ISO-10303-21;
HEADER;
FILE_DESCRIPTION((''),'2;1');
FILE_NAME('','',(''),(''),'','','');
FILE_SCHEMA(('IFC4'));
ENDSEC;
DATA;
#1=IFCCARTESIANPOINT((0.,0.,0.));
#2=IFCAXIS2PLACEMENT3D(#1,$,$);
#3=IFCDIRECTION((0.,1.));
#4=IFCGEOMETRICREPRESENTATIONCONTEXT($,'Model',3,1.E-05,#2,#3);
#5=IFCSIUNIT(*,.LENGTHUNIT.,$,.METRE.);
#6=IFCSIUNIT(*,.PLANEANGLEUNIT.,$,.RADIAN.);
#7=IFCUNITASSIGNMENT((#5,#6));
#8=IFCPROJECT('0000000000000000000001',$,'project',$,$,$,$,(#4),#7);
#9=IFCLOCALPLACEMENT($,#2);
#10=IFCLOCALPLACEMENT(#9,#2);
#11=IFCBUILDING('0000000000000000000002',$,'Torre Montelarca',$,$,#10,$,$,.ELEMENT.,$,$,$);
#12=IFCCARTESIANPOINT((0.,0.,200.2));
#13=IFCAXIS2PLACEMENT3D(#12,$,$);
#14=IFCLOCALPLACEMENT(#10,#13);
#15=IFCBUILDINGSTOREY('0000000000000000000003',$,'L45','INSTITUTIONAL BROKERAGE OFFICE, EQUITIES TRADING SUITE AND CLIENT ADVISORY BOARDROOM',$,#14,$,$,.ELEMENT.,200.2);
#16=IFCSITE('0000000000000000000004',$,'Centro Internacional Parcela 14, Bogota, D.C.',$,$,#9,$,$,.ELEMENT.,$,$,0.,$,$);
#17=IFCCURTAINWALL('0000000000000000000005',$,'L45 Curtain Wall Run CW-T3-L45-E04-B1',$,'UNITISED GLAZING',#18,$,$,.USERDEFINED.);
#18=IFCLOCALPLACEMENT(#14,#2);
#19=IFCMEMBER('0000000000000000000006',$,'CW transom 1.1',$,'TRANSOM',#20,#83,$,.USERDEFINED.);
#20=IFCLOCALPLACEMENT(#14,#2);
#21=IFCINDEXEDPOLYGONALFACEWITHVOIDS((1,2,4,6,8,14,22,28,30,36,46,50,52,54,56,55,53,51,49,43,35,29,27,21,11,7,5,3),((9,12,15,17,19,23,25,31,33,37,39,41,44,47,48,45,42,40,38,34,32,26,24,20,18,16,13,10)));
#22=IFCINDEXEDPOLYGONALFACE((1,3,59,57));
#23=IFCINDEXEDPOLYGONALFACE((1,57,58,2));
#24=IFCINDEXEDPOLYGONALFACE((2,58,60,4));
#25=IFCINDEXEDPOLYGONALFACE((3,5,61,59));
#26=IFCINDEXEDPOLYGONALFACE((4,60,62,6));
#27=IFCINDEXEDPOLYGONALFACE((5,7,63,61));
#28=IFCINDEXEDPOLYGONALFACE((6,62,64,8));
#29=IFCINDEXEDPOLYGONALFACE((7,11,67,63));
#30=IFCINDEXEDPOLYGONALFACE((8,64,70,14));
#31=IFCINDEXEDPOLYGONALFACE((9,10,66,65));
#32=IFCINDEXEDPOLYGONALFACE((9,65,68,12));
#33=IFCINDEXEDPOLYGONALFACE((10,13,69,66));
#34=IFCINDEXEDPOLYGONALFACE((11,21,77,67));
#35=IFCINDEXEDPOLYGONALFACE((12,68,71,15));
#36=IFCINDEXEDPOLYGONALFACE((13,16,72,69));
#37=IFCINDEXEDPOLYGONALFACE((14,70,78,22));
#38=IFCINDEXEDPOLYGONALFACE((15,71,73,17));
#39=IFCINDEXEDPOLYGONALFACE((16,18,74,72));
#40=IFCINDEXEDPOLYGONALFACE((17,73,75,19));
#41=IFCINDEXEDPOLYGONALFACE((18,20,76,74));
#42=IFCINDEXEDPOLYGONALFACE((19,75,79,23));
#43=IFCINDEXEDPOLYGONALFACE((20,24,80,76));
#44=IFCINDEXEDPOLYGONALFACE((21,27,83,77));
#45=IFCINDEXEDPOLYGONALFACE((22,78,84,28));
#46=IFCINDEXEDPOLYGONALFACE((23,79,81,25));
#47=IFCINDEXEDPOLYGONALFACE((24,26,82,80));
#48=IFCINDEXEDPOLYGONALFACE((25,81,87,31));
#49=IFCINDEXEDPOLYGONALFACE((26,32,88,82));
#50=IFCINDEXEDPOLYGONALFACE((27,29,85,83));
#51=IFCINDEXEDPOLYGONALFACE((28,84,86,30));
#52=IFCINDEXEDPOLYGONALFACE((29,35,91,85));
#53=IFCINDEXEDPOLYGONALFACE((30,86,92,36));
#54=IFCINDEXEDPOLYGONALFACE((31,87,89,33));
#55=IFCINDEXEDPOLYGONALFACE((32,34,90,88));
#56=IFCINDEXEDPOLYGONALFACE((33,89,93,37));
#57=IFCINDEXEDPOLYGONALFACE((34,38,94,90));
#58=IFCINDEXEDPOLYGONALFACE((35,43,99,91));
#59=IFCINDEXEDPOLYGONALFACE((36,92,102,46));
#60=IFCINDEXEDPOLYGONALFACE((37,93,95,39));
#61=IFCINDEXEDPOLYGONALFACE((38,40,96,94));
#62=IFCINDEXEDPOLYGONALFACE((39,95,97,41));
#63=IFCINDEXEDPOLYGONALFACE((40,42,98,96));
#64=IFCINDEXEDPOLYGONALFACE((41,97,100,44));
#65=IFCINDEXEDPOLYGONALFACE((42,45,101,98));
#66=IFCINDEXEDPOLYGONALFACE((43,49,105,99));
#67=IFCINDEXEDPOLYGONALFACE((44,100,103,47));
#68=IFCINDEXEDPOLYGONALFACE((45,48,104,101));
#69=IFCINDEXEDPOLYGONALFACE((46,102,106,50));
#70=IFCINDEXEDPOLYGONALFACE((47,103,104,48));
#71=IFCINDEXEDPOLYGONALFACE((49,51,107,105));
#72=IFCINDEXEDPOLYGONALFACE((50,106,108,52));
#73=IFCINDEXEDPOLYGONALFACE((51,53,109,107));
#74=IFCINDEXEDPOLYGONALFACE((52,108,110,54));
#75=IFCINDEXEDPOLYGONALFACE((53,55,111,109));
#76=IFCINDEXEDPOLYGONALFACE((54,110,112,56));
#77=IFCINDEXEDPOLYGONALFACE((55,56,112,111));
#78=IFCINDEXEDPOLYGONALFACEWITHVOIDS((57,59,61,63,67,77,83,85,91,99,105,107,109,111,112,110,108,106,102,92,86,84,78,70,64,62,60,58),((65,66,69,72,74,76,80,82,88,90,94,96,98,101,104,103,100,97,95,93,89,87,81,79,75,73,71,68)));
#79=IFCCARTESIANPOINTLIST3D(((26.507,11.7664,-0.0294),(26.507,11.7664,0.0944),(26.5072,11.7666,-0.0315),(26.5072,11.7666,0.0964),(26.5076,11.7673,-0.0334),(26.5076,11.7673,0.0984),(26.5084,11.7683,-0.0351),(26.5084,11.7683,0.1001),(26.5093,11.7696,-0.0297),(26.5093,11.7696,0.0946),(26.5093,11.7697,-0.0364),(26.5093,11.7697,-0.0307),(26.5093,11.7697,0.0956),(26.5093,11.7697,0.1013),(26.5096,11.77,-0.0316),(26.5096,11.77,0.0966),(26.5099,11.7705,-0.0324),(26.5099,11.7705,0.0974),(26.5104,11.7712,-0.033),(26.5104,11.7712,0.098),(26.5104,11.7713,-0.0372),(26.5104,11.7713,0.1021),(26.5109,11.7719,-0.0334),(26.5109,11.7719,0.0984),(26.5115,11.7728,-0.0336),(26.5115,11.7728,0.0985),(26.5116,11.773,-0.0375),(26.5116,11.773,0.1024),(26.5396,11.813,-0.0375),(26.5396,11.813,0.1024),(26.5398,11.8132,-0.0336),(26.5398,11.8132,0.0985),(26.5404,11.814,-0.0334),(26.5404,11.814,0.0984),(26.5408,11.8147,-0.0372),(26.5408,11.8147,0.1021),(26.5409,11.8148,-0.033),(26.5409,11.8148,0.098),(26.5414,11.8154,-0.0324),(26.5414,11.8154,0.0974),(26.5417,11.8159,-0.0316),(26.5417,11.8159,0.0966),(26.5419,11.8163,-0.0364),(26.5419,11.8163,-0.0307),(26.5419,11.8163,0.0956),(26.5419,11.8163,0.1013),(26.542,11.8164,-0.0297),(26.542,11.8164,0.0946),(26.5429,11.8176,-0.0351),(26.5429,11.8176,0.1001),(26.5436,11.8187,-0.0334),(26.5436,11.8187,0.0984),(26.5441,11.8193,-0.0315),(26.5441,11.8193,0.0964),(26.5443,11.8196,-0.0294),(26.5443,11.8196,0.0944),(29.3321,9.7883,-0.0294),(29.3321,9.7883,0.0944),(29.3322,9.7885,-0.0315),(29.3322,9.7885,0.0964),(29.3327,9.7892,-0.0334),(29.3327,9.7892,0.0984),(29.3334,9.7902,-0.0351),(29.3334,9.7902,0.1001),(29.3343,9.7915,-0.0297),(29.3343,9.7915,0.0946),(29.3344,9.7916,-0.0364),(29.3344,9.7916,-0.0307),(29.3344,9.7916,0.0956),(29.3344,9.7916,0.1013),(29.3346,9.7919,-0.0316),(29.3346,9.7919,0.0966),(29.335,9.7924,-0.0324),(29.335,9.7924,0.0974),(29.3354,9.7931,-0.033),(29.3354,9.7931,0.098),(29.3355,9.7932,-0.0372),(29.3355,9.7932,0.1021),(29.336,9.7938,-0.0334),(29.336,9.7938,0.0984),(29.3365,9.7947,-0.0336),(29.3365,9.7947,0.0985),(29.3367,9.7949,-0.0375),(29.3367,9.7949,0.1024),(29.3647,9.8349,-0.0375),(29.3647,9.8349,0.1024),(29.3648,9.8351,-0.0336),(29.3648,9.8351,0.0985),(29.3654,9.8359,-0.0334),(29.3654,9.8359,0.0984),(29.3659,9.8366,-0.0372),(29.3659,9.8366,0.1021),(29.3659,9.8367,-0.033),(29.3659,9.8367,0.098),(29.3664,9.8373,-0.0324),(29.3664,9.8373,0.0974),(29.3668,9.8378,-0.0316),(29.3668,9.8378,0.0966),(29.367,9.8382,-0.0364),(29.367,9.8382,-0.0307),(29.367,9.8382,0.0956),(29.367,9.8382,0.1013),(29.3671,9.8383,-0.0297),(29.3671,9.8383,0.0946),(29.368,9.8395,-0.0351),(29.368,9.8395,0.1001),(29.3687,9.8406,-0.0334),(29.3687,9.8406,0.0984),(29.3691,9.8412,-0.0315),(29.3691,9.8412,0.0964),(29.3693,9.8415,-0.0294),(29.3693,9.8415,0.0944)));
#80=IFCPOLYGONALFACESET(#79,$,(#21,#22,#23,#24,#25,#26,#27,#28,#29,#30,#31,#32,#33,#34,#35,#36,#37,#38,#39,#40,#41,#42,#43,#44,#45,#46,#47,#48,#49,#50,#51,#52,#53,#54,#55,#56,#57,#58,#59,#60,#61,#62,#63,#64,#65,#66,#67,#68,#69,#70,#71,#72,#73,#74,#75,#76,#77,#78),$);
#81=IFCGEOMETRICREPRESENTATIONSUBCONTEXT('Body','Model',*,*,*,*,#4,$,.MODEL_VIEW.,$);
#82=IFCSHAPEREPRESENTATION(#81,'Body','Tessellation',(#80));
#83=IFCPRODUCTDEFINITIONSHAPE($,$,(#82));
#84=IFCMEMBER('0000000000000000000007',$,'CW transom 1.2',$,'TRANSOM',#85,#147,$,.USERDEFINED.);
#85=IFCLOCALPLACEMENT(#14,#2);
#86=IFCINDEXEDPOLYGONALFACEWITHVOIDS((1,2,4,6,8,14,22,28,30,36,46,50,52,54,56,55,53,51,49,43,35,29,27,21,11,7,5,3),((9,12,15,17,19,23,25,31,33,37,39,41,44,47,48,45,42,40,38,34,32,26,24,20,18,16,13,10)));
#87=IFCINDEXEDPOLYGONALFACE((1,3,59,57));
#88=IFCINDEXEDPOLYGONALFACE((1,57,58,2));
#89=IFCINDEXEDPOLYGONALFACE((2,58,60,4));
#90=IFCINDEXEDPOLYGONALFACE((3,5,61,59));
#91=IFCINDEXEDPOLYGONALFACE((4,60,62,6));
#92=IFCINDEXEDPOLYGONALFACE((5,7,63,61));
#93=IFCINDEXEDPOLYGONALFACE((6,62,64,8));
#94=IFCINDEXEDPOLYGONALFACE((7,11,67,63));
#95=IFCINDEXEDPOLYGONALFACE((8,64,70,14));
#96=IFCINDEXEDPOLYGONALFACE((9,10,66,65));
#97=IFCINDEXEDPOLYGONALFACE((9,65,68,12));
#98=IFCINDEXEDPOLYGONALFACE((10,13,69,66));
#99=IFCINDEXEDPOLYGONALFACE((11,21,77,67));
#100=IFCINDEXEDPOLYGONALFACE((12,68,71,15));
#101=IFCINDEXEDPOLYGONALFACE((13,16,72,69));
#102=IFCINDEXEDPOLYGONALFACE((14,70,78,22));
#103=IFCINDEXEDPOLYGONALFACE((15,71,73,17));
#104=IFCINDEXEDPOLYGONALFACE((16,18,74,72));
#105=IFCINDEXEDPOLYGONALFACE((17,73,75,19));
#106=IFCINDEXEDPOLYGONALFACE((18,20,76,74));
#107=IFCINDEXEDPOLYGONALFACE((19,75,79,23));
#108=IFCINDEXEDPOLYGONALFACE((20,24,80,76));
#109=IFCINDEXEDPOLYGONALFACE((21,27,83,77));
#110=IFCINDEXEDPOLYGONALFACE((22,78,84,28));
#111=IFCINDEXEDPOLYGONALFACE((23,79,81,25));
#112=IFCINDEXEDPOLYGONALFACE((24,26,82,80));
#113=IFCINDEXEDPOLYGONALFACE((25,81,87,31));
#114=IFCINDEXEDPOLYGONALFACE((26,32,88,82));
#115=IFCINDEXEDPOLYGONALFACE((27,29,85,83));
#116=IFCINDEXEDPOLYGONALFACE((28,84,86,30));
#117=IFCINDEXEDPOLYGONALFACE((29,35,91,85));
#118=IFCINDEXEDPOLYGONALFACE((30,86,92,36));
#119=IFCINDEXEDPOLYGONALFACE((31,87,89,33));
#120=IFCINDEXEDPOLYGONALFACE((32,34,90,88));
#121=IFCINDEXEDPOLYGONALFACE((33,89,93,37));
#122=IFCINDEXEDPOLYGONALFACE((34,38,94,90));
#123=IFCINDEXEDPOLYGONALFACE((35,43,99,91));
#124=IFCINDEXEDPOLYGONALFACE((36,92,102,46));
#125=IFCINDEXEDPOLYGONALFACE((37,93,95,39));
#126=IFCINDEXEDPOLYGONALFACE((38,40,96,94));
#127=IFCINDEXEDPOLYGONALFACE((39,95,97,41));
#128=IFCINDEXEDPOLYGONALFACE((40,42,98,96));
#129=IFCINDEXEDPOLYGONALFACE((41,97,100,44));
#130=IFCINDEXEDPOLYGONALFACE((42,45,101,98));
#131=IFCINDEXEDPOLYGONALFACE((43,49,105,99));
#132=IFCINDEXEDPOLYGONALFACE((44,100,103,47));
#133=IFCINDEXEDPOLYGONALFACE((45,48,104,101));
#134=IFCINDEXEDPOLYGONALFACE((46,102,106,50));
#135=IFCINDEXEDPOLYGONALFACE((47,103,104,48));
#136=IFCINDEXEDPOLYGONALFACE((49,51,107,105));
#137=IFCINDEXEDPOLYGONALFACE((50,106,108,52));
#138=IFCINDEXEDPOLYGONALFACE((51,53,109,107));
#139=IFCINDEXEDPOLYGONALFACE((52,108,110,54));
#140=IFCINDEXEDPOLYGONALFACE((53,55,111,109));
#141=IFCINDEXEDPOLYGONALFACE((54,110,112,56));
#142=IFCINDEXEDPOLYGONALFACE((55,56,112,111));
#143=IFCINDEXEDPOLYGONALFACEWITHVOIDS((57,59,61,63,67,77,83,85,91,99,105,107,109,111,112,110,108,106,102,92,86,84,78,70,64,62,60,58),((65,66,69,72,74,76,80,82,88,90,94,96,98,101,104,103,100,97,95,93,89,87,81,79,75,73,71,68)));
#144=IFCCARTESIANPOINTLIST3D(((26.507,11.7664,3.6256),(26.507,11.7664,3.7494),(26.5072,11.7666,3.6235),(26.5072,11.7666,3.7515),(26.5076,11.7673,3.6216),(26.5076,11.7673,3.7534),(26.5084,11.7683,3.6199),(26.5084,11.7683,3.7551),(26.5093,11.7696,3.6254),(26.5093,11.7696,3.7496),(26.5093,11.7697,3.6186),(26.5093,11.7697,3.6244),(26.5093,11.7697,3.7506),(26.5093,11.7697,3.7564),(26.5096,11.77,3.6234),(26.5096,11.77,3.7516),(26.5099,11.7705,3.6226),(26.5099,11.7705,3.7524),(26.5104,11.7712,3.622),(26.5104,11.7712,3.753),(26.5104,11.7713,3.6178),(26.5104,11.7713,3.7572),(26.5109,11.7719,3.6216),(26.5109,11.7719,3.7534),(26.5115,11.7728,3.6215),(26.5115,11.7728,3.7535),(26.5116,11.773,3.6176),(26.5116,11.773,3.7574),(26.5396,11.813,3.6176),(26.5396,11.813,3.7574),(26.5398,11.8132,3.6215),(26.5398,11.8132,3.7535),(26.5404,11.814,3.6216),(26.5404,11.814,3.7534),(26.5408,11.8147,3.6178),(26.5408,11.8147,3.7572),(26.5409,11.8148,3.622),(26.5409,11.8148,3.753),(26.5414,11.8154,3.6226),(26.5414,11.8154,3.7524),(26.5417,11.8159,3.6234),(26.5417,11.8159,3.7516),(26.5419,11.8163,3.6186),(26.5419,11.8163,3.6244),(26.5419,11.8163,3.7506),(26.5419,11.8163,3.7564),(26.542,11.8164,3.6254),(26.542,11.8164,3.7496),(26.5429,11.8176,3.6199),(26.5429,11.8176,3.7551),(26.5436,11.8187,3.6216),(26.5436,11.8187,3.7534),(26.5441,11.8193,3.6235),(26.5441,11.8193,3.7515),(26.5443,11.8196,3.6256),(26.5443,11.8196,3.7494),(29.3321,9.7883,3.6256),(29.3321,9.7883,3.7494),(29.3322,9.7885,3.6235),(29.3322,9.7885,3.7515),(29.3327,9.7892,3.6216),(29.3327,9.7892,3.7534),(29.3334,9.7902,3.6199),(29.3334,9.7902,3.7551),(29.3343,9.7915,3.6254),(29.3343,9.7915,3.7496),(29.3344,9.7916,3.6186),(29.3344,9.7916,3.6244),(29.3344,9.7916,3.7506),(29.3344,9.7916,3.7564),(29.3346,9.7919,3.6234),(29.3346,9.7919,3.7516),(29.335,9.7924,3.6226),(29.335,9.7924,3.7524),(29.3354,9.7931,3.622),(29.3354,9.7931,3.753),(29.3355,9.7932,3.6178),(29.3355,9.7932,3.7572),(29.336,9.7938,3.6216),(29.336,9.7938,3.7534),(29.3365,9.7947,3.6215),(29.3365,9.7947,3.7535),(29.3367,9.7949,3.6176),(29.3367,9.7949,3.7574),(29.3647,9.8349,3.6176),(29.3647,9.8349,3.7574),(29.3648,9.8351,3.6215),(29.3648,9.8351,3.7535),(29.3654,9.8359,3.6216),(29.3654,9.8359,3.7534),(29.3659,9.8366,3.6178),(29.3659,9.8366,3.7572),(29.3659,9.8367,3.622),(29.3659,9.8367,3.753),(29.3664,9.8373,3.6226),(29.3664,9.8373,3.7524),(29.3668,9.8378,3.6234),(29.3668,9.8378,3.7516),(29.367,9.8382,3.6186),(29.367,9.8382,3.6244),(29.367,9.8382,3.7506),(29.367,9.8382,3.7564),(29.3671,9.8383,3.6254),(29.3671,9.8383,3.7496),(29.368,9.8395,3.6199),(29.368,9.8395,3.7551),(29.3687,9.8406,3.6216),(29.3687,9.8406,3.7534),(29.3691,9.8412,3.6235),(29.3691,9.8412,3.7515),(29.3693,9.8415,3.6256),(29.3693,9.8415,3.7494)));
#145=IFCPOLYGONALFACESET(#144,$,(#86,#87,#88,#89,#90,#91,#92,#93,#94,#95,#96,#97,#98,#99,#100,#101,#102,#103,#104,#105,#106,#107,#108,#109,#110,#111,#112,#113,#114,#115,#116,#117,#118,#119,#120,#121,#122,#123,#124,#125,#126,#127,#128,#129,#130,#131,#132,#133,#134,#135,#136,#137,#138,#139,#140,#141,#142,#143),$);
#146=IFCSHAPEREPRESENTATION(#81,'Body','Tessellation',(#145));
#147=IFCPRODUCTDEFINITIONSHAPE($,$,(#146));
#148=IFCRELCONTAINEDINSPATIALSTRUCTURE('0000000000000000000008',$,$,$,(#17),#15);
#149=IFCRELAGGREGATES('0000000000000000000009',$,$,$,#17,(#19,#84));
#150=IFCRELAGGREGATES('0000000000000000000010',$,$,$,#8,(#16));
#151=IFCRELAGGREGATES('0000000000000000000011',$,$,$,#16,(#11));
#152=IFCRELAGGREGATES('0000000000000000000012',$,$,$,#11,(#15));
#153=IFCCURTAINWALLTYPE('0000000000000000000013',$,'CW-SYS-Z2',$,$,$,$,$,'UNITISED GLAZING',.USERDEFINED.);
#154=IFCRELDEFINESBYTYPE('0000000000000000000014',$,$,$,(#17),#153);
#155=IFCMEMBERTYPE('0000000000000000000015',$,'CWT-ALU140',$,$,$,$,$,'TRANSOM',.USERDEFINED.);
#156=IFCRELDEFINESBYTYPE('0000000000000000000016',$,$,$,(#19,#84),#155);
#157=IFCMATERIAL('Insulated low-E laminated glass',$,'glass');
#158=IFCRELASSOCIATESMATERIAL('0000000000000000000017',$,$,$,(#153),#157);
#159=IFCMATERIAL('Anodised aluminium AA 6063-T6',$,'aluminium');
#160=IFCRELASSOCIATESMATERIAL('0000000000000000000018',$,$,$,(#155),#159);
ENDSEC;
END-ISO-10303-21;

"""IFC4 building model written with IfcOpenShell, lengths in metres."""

from ifc_helpers import new_model, si_unit, direction, frame, origin, origin_2d, place, context, subcontext, project, spatial, hollow_rectangle, extrude, source, transform, mapped, material, material_profile, profile_set, type_object, element, aggregate, save


model = new_model("IFC4")

# Units and contexts
model_context = context("Model", 3, precision=1e-05, world=origin(), true_north=direction((0.0, 1.0)))
body_context = subcontext(model_context, "Body", "Model", "MODEL_VIEW")
ifc_project = project(units=[si_unit("LENGTHUNIT", "METRE"), si_unit("PLANEANGLEUNIT", "RADIAN")], contexts=[model_context])

# Site, building, storey
site_placement = place(None, origin())
site = spatial("IfcSite", under=ifc_project, at=site_placement, Name="Centro Internacional Parcela 14, Bogota, D.C.", CompositionType="ELEMENT", RefElevation=0.0)
building_placement = place(site_placement, origin())
building = spatial("IfcBuilding", under=site, at=building_placement, Name="Torre Montelarca", CompositionType="ELEMENT")
storey_placement = place(building_placement, frame((0.0, 0.0, 200.2)))
storey = spatial("IfcBuildingStorey", under=building, at=storey_placement, Name="L45", Description="INSTITUTIONAL BROKERAGE OFFICE, EQUITIES TRADING SUITE AND CLIENT ADVISORY BOARDROOM", CompositionType="ELEMENT", Elevation=200.2)

# Shared definitions
ifc_material_1 = material(Name="Insulated low-E laminated glass", Category="glass")
curtain_wall_type = type_object("IfcCurtainWallType", Name="CW-SYS-Z2", ElementType="UNITISED GLAZING", PredefinedType="USERDEFINED", material=ifc_material_1)
ifc_material_2 = material(Name="Anodised aluminium AA 6063-T6", Category="aluminium")
ifc_material_profile_1 = material_profile(ifc_material_2, hollow_rectangle(XDim=0.0649, YDim=0.1399, WallThickness=0.0039, InnerFilletRadius=0.0039, OuterFilletRadius=0.0081, at=origin_2d()), Name="ALU65X140X4", Category="aluminium")
ifc_profile_set_1 = profile_set([ifc_material_profile_1], Name="Anodised aluminium AA 6063-T6")
member_type_1 = type_object("IfcMemberType", Name="CWT-ALU140", ElementType="TRANSOM", PredefinedType="USERDEFINED", material=ifc_profile_set_1)

# Curtain wall, members
curtain_wall_1_placement = place(storey_placement, origin())
curtain_wall_1 = element("IfcCurtainWall", 1, at=curtain_wall_1_placement, inside=storey, type_object=curtain_wall_type, Name="L45 Curtain Wall Run CW-T3-L45-E04-B1", ObjectType="UNITISED GLAZING", PredefinedType="USERDEFINED")
shared_shape_1 = source(origin(), body_context, "Body", "SweptSolid", [
    extrude(hollow_rectangle(XDim=0.0649, YDim=0.1399, WallThickness=0.0039, InnerFilletRadius=0.0039, OuterFilletRadius=0.0081, at=origin_2d()), origin(), (0.0, 0.0, 1.0), 3.4487),
])
member_1_placement = place(storey_placement, frame((26.5256, 11.793, 0.0325), z_axis=(0.819155, -0.573572, 0.0), x_axis=(0.573572, 0.819155, 0.0)))
member_1 = element("IfcMember", 2, at=member_1_placement, type_object=member_type_1, Name="CW transom 1.1", ObjectType="TRANSOM", PredefinedType="USERDEFINED", context=body_context, shape_type="MappedRepresentation", body=[
    mapped(shared_shape_1, transform((0.0, 0.0, 0.0), scale=1.0)),
])
member_2_placement = place(storey_placement, frame((26.5256, 11.793, 3.6875), z_axis=(0.819155, -0.573572, 0.0), x_axis=(0.573572, 0.819155, 0.0)))
member_2 = element("IfcMember", 3, at=member_2_placement, type_object=member_type_1, Name="CW transom 1.2", ObjectType="TRANSOM", PredefinedType="USERDEFINED", context=body_context, shape_type="MappedRepresentation", body=[
    mapped(shared_shape_1, transform((0.0, 0.0, 0.0), scale=1.0)),
])

aggregate(curtain_wall_1, [member_1, member_2])

save(model, "model.ifc")
